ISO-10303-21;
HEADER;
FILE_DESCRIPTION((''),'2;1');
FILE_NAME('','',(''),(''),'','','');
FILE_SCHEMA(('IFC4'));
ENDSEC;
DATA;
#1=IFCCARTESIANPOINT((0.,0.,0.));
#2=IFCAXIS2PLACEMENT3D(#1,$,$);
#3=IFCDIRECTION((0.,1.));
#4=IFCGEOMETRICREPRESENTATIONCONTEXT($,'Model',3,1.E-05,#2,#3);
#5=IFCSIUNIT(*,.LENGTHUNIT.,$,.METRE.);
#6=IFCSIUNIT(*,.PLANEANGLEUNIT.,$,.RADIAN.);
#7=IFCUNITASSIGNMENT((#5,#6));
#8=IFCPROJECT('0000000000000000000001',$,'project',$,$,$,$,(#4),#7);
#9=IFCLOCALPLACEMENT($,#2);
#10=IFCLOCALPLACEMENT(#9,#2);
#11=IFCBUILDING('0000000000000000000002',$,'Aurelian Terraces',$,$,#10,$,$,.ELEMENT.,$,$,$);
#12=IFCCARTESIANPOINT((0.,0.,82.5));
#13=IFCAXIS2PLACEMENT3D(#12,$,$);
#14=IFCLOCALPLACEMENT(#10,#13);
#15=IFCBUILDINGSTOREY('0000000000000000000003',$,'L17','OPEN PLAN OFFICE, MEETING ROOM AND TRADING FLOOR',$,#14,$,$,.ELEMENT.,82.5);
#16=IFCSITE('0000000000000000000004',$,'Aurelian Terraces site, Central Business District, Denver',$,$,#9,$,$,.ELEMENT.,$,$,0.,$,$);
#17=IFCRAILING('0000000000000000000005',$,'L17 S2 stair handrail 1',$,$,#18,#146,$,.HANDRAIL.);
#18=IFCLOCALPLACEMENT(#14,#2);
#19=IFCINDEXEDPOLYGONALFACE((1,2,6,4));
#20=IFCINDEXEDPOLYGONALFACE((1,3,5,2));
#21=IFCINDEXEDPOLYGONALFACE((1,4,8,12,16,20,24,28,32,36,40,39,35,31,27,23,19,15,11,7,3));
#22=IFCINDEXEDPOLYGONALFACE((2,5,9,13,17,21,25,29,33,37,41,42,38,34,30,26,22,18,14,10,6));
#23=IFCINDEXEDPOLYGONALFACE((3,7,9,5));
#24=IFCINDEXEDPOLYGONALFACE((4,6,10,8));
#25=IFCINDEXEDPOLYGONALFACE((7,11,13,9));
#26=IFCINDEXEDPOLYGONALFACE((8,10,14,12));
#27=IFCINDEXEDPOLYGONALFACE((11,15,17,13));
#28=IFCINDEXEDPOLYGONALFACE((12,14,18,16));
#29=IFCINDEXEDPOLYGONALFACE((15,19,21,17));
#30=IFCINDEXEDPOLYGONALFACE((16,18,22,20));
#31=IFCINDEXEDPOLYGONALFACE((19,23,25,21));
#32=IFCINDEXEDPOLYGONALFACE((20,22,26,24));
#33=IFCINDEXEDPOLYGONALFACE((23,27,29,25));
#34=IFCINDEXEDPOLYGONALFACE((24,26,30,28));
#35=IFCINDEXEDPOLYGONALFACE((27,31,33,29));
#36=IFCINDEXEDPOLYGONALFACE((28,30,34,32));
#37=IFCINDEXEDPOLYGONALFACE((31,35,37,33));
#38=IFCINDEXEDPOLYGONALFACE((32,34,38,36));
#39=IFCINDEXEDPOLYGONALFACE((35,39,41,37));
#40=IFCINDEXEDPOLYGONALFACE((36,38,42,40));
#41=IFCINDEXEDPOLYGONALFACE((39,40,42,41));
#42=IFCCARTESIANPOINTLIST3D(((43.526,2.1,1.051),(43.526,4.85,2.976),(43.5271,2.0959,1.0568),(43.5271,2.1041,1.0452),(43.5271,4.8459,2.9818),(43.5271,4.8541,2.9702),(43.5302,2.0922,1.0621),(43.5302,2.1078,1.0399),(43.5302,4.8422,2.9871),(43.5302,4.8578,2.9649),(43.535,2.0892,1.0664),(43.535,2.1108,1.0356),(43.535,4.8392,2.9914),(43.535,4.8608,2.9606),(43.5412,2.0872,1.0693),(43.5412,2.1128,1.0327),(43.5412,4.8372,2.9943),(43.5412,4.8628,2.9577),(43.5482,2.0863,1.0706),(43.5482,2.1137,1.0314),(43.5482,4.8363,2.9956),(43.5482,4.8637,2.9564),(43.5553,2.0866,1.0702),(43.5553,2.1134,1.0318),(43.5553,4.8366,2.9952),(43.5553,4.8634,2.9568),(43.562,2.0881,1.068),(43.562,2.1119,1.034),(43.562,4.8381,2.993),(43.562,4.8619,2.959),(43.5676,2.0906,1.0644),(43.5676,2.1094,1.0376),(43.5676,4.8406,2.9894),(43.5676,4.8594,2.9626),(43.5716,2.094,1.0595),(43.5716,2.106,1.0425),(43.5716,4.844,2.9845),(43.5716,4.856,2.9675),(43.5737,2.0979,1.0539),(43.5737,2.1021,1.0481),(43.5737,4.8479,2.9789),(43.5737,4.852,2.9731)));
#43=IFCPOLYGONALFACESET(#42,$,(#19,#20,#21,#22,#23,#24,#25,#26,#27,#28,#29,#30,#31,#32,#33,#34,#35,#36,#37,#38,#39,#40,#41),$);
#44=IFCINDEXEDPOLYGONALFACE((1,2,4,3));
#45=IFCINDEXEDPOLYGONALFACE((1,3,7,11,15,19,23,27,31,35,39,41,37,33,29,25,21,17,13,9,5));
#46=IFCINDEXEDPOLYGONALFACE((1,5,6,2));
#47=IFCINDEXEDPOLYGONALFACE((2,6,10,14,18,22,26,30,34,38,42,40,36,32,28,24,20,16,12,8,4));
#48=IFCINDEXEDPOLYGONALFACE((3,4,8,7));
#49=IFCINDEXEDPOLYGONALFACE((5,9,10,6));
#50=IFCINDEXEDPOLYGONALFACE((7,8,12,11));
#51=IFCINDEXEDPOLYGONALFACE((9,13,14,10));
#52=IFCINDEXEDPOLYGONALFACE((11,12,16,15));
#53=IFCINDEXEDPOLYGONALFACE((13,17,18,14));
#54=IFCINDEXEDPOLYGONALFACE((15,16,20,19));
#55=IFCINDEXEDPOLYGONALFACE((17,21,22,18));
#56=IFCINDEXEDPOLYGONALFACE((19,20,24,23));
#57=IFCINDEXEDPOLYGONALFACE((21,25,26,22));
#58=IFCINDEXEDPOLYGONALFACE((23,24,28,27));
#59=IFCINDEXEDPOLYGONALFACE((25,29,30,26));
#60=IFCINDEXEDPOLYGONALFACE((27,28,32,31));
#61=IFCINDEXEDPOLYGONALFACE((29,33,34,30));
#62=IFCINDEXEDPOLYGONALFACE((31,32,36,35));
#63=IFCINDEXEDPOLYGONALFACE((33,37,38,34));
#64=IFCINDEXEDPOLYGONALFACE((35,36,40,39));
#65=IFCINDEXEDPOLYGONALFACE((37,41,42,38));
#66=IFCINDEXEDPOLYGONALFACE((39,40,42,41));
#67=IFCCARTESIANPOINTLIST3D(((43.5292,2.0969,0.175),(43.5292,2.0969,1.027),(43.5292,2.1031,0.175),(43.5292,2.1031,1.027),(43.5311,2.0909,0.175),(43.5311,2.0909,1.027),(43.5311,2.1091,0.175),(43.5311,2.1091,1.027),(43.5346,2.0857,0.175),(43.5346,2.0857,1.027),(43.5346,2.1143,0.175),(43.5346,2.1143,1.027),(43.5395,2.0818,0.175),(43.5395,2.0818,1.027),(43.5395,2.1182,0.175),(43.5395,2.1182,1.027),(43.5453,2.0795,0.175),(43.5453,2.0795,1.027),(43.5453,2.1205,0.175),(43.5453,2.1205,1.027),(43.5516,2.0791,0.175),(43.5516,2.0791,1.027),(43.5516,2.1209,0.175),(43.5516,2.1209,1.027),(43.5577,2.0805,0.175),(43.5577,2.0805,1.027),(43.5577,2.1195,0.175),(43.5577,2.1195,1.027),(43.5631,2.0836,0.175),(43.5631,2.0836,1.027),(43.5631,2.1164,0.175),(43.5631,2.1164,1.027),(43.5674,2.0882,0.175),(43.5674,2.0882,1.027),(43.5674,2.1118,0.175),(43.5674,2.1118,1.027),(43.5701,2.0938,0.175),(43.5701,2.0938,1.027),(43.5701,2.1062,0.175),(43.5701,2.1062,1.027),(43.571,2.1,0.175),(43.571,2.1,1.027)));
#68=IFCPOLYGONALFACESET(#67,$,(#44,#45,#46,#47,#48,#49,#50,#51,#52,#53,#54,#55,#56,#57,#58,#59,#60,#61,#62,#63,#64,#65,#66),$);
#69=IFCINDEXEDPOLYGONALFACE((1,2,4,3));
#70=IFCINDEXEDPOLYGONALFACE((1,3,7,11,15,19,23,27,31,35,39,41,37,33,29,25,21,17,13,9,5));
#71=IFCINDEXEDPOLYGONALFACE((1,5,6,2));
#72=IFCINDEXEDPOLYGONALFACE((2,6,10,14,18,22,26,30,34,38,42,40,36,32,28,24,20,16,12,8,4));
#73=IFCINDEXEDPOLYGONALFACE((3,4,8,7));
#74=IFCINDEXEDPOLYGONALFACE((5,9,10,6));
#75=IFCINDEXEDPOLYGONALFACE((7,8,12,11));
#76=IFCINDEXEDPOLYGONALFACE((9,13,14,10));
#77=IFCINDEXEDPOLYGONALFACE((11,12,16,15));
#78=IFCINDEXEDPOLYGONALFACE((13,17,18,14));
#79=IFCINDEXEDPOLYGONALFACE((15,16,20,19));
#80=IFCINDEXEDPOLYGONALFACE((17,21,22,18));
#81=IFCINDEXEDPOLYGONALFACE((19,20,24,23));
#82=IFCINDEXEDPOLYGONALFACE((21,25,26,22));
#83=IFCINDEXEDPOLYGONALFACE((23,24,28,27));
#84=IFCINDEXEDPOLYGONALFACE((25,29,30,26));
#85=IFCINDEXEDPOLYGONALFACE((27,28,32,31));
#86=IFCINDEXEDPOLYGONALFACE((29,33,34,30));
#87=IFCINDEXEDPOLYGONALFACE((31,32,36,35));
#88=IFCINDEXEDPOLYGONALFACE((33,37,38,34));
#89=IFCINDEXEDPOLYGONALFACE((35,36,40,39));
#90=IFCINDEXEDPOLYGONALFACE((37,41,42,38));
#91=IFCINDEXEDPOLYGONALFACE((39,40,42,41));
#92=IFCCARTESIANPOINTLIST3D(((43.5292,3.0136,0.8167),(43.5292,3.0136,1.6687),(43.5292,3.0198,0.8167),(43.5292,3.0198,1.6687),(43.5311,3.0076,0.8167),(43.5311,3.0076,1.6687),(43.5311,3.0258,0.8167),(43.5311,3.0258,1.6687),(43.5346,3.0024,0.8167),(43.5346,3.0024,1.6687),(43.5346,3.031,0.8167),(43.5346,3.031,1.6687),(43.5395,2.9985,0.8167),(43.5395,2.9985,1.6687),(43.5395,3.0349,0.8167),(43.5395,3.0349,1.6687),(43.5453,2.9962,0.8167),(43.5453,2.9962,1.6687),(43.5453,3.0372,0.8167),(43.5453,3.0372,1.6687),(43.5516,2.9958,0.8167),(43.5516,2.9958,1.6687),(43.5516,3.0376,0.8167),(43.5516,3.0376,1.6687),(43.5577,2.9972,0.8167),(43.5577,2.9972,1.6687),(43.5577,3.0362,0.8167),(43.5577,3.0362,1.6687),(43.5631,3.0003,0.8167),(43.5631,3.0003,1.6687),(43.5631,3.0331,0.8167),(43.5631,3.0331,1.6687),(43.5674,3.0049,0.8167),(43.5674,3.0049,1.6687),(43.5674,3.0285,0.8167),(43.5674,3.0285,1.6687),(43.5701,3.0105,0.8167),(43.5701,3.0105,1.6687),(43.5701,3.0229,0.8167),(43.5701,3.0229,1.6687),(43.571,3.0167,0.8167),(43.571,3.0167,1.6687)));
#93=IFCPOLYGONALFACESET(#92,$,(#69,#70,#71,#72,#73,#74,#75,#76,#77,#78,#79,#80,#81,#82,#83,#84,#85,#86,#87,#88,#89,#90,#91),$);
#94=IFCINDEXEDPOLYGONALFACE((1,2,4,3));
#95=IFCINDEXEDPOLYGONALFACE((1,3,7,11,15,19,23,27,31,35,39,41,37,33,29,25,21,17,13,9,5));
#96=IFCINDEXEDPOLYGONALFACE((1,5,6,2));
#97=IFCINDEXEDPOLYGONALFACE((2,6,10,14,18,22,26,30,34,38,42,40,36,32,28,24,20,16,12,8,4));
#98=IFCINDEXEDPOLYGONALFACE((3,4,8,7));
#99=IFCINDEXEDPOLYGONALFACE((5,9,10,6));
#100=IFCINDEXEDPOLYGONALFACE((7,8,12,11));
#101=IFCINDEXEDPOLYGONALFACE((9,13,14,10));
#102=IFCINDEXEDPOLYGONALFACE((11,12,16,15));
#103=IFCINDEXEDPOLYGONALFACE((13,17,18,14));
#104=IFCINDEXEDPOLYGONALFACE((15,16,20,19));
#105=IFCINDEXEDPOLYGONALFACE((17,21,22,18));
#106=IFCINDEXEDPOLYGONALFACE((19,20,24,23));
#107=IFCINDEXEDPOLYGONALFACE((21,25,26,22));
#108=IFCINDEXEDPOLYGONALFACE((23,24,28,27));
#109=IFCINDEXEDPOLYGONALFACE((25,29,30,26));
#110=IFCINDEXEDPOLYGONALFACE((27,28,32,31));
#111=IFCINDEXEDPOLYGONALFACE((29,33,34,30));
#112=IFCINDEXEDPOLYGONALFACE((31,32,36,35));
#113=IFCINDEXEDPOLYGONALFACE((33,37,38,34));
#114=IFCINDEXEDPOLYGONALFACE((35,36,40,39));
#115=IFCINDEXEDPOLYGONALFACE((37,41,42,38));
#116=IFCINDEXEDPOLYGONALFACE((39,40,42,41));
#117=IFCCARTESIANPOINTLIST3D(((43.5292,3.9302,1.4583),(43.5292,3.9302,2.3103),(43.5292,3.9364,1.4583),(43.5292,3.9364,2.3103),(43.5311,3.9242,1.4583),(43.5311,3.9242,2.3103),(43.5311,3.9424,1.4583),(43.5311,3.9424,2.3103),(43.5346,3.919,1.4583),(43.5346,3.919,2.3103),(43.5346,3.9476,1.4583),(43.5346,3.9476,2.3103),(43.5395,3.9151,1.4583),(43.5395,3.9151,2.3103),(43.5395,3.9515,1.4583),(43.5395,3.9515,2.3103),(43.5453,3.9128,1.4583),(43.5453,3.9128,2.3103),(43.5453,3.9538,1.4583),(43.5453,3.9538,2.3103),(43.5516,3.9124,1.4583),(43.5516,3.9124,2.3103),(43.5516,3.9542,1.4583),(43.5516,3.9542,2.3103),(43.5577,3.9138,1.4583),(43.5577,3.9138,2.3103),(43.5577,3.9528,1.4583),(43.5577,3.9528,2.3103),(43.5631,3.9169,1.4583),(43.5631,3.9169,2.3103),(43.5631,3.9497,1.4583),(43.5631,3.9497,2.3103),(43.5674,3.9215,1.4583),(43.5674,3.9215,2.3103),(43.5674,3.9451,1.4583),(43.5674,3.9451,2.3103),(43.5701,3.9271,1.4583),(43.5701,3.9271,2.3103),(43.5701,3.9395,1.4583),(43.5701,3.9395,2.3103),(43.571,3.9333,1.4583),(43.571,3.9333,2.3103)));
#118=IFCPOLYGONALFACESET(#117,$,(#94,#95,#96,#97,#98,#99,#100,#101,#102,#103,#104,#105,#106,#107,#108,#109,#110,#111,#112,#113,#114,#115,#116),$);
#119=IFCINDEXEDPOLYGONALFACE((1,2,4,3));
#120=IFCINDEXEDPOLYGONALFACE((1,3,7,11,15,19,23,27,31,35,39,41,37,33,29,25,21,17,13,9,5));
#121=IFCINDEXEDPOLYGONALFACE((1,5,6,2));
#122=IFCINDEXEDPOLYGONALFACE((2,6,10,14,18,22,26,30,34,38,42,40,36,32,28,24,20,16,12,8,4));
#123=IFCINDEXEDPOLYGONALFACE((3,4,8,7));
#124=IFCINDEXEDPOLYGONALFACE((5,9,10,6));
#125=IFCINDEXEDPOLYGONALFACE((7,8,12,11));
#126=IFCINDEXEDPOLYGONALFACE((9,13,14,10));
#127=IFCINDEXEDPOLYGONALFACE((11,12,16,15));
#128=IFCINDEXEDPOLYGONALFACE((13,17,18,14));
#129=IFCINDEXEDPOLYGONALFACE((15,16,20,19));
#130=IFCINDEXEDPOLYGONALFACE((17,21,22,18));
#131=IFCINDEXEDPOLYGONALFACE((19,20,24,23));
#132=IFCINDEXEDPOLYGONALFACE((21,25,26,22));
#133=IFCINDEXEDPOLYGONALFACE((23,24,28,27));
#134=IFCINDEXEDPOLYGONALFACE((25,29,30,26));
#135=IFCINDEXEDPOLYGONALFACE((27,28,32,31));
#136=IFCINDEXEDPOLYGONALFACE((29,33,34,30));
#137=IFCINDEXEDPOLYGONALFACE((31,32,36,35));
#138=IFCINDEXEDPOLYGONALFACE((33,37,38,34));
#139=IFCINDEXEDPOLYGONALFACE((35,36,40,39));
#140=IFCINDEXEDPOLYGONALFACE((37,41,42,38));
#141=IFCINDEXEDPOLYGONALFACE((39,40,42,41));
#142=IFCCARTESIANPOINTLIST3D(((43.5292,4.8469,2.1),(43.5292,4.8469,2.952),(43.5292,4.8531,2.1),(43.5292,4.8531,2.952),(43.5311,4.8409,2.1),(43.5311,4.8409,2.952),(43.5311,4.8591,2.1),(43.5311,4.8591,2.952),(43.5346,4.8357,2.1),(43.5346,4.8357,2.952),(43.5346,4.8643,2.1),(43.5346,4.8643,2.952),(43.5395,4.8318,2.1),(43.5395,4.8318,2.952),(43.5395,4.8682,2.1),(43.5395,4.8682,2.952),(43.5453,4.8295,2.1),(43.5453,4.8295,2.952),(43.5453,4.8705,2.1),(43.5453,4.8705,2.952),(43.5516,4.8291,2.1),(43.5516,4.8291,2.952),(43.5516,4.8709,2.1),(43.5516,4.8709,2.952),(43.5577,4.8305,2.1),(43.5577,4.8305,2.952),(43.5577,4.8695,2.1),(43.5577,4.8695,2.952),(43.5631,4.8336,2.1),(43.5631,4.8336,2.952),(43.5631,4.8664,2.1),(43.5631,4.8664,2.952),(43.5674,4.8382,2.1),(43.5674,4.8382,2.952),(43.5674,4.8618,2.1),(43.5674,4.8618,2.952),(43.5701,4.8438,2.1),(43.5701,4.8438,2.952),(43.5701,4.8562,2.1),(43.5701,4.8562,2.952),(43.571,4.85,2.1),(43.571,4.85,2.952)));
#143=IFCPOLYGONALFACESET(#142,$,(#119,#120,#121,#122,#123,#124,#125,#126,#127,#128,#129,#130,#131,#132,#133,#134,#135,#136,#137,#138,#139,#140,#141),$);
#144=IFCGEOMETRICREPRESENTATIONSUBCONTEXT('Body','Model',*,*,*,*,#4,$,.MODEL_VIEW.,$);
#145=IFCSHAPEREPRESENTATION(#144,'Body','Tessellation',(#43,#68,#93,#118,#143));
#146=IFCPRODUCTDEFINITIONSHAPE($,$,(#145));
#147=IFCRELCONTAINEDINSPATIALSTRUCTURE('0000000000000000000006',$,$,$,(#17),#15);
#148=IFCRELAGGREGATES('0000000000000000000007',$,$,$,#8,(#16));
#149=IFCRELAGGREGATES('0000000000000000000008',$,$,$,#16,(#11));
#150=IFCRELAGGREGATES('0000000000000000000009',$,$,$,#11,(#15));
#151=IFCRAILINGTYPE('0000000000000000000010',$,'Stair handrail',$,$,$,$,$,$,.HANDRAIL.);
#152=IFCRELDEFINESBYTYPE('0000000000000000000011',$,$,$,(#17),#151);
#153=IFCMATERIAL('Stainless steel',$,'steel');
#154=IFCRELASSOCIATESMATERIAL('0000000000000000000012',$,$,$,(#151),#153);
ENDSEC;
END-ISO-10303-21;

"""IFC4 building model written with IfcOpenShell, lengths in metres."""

from ifc_helpers import new_model, si_unit, direction, frame, origin, origin_2d, place, context, subcontext, project, spatial, circle, extrude, source, transform, mapped, material, type_object, element, save


model = new_model("IFC4")

# Units and contexts
model_context = context("Model", 3, precision=1e-05, world=origin(), true_north=direction((0.0, 1.0)))
body_context = subcontext(model_context, "Body", "Model", "MODEL_VIEW")
ifc_project = project(units=[si_unit("LENGTHUNIT", "METRE"), si_unit("PLANEANGLEUNIT", "RADIAN")], contexts=[model_context])

# Site, building, storey
site_placement = place(None, origin())
site = spatial("IfcSite", under=ifc_project, at=site_placement, Name="Aurelian Terraces site, Central Business District, Denver", CompositionType="ELEMENT", RefElevation=0.0)
building_placement = place(site_placement, origin())
building = spatial("IfcBuilding", under=site, at=building_placement, Name="Aurelian Terraces", CompositionType="ELEMENT")
storey_placement = place(building_placement, frame((0.0, 0.0, 82.5)))
storey = spatial("IfcBuildingStorey", under=building, at=storey_placement, Name="L17", Description="OPEN PLAN OFFICE, MEETING ROOM AND TRADING FLOOR", CompositionType="ELEMENT", Elevation=82.5)

# Railing
ifc_material_1 = material(Name="Stainless steel", Category="steel")
railing_type = type_object("IfcRailingType", Name="Stair handrail", PredefinedType="HANDRAIL", material=ifc_material_1)
shared_shape_1 = source(origin(), body_context, "Body", "SweptSolid", [
    extrude(circle(Radius=0.024, at=origin_2d()), frame((0.0, 0.0, 0.876), z_axis=(0.0, 0.819232, 0.573462), x_axis=(-1.0, 0.0, 0.0)), (0.0, 0.0, 1.0), 3.3568),
    extrude(circle(Radius=0.021, at=origin_2d()), origin(), (0.0, 0.0, 1.0), 0.852),
    extrude(circle(Radius=0.021, at=origin_2d()), frame((0.0, 0.9167, 0.6417)), (0.0, 0.0, 1.0), 0.852),
    extrude(circle(Radius=0.021, at=origin_2d()), frame((0.0, 1.8333, 1.2833)), (0.0, 0.0, 1.0), 0.852),
    extrude(circle(Radius=0.021, at=origin_2d()), frame((0.0, 2.75, 1.925)), (0.0, 0.0, 1.0), 0.852),
])
railing_placement = place(storey_placement, frame((43.55, 2.1, 0.175)))
element("IfcRailing", 1, at=railing_placement, inside=storey, type_object=railing_type, Name="L17 S2 stair handrail 1", PredefinedType="HANDRAIL", context=body_context, shape_type="MappedRepresentation", body=[
    mapped(shared_shape_1, transform((0.0, 0.0, 0.0), scale=1.0)),
])

save(model, "model.ifc")
